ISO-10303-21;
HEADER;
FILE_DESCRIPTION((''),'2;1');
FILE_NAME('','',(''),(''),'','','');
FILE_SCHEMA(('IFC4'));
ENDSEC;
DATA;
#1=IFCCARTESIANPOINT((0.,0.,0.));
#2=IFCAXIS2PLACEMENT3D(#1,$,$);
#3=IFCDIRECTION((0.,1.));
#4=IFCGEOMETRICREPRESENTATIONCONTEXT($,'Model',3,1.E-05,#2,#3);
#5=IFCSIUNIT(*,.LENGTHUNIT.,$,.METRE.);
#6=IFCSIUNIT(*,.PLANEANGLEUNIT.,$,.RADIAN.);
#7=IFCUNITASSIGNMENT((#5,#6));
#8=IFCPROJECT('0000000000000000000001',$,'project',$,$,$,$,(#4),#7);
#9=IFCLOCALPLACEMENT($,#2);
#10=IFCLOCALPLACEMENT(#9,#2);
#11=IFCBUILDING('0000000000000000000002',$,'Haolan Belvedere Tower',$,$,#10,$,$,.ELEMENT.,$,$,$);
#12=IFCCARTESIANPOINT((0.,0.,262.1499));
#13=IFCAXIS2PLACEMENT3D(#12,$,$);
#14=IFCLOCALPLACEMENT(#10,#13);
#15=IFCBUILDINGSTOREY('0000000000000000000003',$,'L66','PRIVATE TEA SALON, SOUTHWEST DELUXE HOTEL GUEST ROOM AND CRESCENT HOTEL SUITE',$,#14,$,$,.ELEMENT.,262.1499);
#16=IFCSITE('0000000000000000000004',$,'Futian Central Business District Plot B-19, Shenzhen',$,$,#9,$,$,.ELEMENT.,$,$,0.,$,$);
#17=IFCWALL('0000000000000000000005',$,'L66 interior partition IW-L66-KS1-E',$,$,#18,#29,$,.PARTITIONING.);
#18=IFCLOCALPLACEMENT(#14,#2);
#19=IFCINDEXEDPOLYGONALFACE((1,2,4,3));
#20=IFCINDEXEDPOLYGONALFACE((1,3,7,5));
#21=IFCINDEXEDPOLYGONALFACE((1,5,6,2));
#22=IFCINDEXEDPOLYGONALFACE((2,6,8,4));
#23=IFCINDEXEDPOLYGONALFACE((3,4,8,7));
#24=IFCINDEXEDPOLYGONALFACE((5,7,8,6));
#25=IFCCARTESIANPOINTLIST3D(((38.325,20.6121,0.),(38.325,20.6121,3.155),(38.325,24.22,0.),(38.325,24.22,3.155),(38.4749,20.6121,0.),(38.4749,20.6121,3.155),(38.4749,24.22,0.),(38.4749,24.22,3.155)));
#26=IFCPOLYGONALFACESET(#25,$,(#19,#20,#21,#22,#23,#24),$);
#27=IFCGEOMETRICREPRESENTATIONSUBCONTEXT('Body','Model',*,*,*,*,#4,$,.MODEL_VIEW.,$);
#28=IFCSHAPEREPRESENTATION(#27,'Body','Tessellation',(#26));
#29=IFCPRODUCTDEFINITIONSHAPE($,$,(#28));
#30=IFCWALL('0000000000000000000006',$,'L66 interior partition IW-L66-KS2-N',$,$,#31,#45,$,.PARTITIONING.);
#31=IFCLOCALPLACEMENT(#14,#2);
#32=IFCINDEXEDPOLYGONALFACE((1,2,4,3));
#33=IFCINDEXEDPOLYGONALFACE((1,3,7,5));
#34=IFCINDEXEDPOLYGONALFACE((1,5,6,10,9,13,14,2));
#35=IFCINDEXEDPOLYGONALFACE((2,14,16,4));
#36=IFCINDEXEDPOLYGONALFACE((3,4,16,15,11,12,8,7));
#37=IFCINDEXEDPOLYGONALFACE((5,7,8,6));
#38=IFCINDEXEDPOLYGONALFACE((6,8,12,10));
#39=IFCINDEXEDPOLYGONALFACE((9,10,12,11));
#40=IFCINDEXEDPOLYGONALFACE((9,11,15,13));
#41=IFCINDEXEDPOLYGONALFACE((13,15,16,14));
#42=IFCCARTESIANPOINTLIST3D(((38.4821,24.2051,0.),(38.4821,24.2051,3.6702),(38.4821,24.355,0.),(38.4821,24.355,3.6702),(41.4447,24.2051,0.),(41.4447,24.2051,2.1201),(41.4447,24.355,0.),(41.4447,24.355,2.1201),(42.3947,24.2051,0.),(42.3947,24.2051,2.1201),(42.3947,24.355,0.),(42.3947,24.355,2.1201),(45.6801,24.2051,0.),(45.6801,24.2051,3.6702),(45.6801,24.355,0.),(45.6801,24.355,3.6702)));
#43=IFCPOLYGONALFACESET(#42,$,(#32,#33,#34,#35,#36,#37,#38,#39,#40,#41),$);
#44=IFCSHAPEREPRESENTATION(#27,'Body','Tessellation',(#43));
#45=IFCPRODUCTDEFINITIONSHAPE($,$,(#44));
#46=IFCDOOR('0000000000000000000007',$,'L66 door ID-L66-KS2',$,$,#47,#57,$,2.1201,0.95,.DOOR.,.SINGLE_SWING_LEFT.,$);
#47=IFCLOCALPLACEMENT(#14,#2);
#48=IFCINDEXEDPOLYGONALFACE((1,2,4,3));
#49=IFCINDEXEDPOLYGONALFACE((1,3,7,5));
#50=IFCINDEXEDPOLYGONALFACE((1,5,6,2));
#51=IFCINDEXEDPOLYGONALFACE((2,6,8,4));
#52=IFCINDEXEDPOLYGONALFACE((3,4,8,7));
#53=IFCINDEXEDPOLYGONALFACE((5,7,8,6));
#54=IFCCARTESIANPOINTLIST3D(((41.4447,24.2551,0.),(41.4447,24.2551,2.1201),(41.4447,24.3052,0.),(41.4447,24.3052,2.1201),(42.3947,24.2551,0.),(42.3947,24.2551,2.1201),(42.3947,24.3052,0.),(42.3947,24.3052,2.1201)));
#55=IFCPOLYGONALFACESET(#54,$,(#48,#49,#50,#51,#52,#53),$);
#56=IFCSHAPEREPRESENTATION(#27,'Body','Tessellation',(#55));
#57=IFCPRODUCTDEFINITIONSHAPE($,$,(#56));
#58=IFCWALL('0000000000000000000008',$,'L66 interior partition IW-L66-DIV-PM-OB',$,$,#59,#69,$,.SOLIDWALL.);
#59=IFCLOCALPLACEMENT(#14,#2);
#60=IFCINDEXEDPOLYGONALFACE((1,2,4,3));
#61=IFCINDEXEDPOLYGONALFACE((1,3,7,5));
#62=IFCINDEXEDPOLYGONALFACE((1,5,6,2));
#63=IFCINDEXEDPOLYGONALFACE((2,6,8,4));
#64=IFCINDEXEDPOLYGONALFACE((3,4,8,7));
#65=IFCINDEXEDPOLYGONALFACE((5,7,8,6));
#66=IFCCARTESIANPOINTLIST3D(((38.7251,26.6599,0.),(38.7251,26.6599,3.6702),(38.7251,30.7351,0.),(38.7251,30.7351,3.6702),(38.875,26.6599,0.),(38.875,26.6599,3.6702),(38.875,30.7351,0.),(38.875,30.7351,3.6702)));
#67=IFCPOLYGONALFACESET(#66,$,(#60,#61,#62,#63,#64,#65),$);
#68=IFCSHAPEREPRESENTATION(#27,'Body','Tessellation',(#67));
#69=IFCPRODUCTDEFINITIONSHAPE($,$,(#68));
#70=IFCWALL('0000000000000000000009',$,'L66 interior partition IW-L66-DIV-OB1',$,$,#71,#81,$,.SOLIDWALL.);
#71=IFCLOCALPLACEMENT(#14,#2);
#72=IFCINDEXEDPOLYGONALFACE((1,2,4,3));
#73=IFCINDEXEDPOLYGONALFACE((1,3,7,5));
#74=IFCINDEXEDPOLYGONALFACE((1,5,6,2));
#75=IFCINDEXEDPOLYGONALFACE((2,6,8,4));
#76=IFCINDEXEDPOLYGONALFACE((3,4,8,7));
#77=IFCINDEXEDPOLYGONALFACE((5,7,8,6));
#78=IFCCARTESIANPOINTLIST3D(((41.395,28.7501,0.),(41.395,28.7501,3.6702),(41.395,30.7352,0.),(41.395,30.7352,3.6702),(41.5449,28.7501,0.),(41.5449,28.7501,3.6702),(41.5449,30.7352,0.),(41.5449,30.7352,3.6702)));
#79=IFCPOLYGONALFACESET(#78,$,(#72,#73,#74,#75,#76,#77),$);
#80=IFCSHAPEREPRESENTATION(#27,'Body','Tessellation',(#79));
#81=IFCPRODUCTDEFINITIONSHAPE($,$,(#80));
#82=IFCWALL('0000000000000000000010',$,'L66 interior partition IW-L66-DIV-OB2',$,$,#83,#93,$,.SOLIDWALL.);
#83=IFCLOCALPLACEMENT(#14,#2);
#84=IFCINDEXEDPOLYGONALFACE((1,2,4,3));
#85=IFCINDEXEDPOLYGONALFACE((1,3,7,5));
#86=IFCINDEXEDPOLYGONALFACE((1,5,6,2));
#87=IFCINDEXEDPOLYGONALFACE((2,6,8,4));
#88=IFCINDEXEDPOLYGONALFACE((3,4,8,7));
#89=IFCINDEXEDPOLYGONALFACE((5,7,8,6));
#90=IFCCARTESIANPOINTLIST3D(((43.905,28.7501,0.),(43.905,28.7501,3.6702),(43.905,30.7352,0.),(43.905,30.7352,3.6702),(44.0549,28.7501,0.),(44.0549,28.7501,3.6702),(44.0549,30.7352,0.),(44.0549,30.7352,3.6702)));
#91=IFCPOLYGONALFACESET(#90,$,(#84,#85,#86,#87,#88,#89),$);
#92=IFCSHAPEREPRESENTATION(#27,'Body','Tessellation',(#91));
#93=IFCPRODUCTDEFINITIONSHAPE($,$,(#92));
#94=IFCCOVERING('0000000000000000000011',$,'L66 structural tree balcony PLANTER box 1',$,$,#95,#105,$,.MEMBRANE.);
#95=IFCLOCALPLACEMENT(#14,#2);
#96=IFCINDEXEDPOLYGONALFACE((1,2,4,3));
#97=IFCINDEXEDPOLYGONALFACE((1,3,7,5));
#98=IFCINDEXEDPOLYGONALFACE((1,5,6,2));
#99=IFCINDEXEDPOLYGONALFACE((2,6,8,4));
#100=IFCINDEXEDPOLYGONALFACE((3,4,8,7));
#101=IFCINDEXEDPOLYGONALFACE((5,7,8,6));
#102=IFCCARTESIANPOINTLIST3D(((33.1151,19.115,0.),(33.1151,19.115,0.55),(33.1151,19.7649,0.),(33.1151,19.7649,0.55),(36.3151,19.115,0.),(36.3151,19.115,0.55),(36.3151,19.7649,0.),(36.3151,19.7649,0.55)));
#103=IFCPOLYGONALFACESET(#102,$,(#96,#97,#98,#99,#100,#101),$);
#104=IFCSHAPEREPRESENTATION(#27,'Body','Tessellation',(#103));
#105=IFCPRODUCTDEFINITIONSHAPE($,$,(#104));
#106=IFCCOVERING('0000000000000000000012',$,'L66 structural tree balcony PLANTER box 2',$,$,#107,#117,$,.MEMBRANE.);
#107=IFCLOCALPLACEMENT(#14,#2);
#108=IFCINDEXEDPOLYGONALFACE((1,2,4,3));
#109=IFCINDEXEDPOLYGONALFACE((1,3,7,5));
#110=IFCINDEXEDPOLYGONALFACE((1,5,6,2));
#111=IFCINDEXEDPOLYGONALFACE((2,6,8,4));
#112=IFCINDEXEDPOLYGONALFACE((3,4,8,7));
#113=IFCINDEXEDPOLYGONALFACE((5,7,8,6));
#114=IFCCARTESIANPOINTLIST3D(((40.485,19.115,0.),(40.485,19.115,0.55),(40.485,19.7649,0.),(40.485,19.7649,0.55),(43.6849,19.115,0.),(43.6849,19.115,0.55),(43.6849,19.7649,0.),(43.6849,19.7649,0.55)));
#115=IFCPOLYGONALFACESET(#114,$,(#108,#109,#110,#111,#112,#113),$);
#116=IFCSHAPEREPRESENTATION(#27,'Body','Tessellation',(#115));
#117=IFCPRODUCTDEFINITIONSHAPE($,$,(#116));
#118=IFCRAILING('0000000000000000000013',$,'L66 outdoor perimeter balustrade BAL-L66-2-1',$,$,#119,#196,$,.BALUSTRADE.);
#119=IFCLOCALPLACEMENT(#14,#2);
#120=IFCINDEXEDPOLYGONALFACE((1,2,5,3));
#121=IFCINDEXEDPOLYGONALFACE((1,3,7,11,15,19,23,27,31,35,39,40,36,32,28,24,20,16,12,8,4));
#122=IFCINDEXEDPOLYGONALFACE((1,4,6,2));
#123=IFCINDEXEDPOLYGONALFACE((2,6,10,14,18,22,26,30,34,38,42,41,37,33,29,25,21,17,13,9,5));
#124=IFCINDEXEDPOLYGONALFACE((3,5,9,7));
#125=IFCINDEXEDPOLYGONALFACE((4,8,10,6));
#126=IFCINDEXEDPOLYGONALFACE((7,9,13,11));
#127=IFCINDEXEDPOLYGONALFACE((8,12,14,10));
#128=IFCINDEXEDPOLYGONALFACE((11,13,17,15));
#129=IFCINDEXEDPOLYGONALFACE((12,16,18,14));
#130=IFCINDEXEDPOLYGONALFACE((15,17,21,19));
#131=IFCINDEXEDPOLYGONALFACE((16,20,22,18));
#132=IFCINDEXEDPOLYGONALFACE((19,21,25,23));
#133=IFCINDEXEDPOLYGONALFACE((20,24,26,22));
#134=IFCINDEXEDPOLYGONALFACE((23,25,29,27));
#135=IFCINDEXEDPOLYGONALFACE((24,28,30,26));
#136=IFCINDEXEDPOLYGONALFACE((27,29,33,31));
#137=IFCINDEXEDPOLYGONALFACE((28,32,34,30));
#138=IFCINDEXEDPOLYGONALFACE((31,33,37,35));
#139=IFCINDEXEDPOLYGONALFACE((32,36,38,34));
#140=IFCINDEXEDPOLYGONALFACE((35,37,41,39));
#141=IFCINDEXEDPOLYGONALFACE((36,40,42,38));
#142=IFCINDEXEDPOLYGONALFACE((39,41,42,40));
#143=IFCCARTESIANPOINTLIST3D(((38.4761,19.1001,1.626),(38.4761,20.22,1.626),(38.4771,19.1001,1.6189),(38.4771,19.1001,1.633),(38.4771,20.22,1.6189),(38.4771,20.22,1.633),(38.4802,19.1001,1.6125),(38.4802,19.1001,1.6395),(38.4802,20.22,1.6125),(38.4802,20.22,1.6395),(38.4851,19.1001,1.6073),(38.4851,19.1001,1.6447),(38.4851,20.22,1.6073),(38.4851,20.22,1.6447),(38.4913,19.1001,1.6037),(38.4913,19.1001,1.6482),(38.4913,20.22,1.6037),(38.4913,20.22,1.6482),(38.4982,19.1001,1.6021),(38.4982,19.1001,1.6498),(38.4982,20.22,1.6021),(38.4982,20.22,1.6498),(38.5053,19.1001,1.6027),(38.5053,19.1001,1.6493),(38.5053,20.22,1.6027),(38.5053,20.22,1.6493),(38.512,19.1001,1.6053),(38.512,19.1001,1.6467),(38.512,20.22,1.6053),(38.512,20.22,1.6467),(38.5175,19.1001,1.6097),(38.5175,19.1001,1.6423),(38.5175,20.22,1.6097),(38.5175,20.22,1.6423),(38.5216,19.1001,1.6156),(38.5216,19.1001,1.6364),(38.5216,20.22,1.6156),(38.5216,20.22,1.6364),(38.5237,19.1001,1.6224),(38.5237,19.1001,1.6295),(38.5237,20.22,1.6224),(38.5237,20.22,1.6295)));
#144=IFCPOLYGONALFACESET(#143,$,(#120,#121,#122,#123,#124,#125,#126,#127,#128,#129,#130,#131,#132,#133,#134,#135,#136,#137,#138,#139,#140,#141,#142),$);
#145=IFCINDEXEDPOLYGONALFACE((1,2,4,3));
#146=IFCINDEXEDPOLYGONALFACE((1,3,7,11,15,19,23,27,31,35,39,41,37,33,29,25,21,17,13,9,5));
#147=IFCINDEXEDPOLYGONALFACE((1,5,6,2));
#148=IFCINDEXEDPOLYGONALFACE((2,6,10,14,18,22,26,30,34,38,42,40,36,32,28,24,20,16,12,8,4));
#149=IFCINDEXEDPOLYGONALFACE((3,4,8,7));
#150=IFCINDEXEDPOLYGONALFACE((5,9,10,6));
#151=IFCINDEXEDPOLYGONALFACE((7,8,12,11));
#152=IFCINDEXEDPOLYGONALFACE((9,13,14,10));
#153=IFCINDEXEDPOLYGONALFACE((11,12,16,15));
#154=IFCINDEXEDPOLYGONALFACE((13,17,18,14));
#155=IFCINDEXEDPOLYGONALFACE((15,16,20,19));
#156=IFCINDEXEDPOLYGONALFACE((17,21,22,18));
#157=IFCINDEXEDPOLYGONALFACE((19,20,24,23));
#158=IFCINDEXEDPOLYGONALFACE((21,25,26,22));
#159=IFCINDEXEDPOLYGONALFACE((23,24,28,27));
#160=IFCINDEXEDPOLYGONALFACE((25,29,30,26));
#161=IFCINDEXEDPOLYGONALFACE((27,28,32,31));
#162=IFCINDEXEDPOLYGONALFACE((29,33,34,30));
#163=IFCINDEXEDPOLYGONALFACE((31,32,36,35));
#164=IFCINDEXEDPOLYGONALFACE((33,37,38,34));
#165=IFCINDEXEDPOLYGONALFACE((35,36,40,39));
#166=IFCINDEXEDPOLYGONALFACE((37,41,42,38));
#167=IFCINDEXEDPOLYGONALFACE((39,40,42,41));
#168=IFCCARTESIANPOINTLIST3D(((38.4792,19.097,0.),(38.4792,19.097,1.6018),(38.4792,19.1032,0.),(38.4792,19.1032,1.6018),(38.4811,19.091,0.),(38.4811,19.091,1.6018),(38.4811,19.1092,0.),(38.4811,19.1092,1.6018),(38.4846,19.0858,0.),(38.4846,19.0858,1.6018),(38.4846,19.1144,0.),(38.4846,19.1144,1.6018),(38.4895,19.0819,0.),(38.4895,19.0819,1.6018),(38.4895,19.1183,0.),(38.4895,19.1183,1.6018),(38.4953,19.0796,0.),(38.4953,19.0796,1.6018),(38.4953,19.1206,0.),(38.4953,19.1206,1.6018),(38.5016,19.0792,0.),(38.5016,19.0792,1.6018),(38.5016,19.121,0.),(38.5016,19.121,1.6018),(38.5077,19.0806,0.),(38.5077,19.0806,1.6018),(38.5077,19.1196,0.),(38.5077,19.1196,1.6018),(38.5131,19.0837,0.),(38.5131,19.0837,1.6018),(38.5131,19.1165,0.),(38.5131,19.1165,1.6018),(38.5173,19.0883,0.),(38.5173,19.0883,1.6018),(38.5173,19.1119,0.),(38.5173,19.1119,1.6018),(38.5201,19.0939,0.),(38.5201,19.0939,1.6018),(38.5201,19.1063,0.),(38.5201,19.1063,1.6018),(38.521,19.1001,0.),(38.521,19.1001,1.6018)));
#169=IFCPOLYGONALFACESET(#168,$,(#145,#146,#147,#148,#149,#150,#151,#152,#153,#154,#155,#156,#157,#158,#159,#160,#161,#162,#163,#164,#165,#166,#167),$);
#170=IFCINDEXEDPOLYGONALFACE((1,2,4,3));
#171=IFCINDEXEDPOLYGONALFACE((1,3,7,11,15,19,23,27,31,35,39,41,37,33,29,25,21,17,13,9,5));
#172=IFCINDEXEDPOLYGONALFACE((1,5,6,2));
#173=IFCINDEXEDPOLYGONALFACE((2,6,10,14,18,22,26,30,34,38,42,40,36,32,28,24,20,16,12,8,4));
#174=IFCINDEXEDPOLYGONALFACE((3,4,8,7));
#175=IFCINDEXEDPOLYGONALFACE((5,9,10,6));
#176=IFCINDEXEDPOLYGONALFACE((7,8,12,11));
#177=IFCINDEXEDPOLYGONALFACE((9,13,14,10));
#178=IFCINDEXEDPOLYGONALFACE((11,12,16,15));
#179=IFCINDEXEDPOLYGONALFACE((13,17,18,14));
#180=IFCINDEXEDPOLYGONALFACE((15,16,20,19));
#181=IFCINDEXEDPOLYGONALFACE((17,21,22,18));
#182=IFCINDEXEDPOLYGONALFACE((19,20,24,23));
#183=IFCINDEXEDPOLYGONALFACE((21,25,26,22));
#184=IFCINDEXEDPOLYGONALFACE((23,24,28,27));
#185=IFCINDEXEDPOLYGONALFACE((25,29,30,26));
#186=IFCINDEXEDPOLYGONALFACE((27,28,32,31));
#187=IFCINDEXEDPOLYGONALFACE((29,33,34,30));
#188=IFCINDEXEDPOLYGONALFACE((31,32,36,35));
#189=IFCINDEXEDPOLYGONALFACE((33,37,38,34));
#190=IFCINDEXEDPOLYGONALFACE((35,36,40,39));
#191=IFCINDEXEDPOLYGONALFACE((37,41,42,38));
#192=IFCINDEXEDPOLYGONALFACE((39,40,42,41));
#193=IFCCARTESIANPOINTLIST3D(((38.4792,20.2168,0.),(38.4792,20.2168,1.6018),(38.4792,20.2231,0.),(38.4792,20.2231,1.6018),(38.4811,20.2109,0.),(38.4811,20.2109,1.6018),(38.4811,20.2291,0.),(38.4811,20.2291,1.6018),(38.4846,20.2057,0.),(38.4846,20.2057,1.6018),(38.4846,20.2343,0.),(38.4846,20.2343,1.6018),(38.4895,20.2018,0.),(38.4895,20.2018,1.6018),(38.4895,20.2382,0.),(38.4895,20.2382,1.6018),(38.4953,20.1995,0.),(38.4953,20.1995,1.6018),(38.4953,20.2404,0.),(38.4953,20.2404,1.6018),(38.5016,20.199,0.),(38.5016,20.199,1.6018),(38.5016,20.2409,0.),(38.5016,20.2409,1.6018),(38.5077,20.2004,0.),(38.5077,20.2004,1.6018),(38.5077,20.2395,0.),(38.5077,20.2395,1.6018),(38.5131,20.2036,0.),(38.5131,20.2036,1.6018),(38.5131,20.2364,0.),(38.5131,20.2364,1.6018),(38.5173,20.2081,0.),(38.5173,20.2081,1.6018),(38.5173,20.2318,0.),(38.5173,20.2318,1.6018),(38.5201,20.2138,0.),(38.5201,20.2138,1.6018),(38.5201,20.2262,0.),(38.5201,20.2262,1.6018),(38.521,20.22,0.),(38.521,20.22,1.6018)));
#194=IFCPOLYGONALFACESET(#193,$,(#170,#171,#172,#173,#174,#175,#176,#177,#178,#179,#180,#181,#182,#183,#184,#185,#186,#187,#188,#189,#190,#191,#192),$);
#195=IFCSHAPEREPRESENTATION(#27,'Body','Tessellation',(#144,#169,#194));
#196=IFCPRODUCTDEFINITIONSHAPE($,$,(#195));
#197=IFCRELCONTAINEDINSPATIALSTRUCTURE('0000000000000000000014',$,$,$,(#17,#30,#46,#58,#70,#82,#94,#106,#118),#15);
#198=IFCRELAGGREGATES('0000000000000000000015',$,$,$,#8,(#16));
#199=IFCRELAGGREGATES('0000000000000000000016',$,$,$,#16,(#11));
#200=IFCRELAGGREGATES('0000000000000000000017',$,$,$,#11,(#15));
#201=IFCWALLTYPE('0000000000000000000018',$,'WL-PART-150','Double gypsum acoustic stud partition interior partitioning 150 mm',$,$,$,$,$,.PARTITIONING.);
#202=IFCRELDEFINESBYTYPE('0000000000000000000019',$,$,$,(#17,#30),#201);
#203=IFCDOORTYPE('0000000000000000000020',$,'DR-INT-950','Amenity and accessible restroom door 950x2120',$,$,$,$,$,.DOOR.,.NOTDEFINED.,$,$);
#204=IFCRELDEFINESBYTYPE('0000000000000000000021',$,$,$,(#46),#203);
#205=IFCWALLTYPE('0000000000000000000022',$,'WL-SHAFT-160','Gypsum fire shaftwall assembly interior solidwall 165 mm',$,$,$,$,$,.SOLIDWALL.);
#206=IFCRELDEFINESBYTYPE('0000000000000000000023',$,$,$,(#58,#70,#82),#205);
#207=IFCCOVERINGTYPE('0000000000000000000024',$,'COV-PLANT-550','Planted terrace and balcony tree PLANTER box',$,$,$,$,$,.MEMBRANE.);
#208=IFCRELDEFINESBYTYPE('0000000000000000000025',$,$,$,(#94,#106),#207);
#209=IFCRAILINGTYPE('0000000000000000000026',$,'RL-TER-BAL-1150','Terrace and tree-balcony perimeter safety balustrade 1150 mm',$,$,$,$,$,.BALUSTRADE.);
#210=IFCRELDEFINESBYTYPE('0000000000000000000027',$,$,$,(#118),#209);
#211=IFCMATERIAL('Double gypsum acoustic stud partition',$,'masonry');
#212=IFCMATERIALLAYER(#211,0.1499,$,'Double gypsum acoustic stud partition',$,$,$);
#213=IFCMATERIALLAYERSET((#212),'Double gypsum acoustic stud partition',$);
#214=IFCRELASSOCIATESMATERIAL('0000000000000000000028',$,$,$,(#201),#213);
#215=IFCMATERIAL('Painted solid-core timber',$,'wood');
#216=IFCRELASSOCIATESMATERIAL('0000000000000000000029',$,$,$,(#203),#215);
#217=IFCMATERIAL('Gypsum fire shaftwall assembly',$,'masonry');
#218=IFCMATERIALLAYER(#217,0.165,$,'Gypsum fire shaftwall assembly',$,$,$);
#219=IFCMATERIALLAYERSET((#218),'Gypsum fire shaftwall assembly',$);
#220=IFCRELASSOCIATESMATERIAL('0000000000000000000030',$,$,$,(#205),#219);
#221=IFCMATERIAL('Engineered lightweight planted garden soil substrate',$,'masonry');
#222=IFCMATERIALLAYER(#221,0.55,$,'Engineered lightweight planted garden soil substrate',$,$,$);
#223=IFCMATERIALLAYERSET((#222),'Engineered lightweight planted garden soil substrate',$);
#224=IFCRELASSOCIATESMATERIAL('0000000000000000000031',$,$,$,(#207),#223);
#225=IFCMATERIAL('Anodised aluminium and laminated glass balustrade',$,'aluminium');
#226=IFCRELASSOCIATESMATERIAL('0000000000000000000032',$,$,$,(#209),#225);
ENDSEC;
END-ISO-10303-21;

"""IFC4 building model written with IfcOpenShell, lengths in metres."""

from ifc_helpers import new_model, si_unit, direction, frame, frame_2d, origin, origin_2d, place, context, subcontext, project, spatial, rectangle, circle, extrude, material, layer, layer_set, type_object, element, fill, save


model = new_model("IFC4")

# Units and contexts
model_context = context("Model", 3, precision=1e-05, world=origin(), true_north=direction((0.0, 1.0)))
body_context = subcontext(model_context, "Body", "Model", "MODEL_VIEW")
ifc_project = project(units=[si_unit("LENGTHUNIT", "METRE"), si_unit("PLANEANGLEUNIT", "RADIAN")], contexts=[model_context])

# Site, building, storey
site_placement = place(None, origin())
site = spatial("IfcSite", under=ifc_project, at=site_placement, Name="Futian Central Business District Plot B-19, Shenzhen", CompositionType="ELEMENT", RefElevation=0.0)
building_placement = place(site_placement, origin())
building = spatial("IfcBuilding", under=site, at=building_placement, Name="Haolan Belvedere Tower", CompositionType="ELEMENT")
storey_placement = place(building_placement, frame((0.0, 0.0, 262.1499)))
storey = spatial("IfcBuildingStorey", under=building, at=storey_placement, Name="L66", Description="PRIVATE TEA SALON, SOUTHWEST DELUXE HOTEL GUEST ROOM AND CRESCENT HOTEL SUITE", CompositionType="ELEMENT", Elevation=262.1499)

# Wall
ifc_material_1 = material(Name="Double gypsum acoustic stud partition", Category="masonry")
ifc_layer_1 = layer(ifc_material_1, 0.1499, Name="Double gypsum acoustic stud partition")
ifc_layer_set_1 = layer_set([ifc_layer_1], Name="Double gypsum acoustic stud partition")
wall_type_1 = type_object("IfcWallType", Name="WL-PART-150", Description="Double gypsum acoustic stud partition interior partitioning 150 mm", PredefinedType="PARTITIONING", material=ifc_layer_set_1)
wall_1_placement = place(storey_placement, frame((38.3999, 20.6121, 0.0), z_axis=(0.0, 0.0, 1.0), x_axis=(0.0, 1.0, 0.0)))
element("IfcWall", 1, at=wall_1_placement, inside=storey, type_object=wall_type_1, Name="L66 interior partition IW-L66-KS1-E", PredefinedType="PARTITIONING", context=body_context, shape_type="SweptSolid", body=[
    extrude(rectangle(XDim=3.6079, YDim=0.1499, at=frame_2d((1.804, 0.0))), origin(), (0.0, 0.0, 1.0), 3.155),
])

# Wall, opening, door
wall_2_placement = place(storey_placement, frame((38.4819, 24.28, 0.0), z_axis=(0.0, 0.0, 1.0), x_axis=(1.0, 0.0, 0.0)))
wall_2 = element("IfcWall", 2, at=wall_2_placement, inside=storey, type_object=wall_type_1, Name="L66 interior partition IW-L66-KS2-N", PredefinedType="PARTITIONING", context=body_context, shape_type="SweptSolid", body=[
    extrude(rectangle(XDim=7.198, YDim=0.1499, at=frame_2d((3.5991, 0.0))), origin(), (0.0, 0.0, 1.0), 3.6702),
])
opening_placement = place(wall_2_placement, frame((3.9128, 0.0, 0.0), z_axis=(0.0, 0.0, 1.0), x_axis=(-1.0, 0.0, 0.0)))
opening = element("IfcOpeningElement", 3, at=opening_placement, cuts=wall_2, PredefinedType="OPENING", context=body_context, shape_type="SweptSolid", body=[
    extrude(rectangle(XDim=0.95, YDim=2.1201, at=frame_2d((0.4751, 1.0601))), frame((0.0, 0.085, 0.0), z_axis=(0.0, -1.0, 0.0), x_axis=(1.0, 0.0, 0.0)), (0.0, 0.0, 1.0), 0.1699),
])
ifc_material_2 = material(Name="Painted solid-core timber", Category="wood")
door_type = type_object("IfcDoorType", Name="DR-INT-950", Description="Amenity and accessible restroom door 950x2120", OperationType="NOTDEFINED", PredefinedType="DOOR", material=ifc_material_2)
door_placement = place(opening_placement, origin())
door = element("IfcDoor", 4, at=door_placement, inside=storey, type_object=door_type, Name="L66 door ID-L66-KS2", OperationType="SINGLE_SWING_LEFT", OverallHeight=2.1201, OverallWidth=0.95, PredefinedType="DOOR", context=body_context, shape_type="SweptSolid", body=[
    extrude(rectangle(XDim=0.95, YDim=2.1201, at=frame_2d((0.4751, 1.0601))), frame((0.0, 0.0249, 0.0), z_axis=(0.0, -1.0, 0.0), x_axis=(1.0, 0.0, 0.0)), (0.0, 0.0, 1.0), 0.05),
])
fill(opening, door)

# Walls
ifc_material_3 = material(Name="Gypsum fire shaftwall assembly", Category="masonry")
ifc_layer_2 = layer(ifc_material_3, 0.165, Name="Gypsum fire shaftwall assembly")
ifc_layer_set_2 = layer_set([ifc_layer_2], Name="Gypsum fire shaftwall assembly")
wall_type_2 = type_object("IfcWallType", Name="WL-SHAFT-160", Description="Gypsum fire shaftwall assembly interior solidwall 165 mm", PredefinedType="SOLIDWALL", material=ifc_layer_set_2)
wall_3_placement = place(storey_placement, frame((38.8, 26.6599, 0.0), z_axis=(0.0, 0.0, 1.0), x_axis=(0.0, 1.0, 0.0)))
element("IfcWall", 5, at=wall_3_placement, inside=storey, type_object=wall_type_2, Name="L66 interior partition IW-L66-DIV-PM-OB", PredefinedType="SOLIDWALL", context=body_context, shape_type="SweptSolid", body=[
    extrude(rectangle(XDim=4.0752, YDim=0.1499, at=frame_2d((2.0376, 0.0))), origin(), (0.0, 0.0, 1.0), 3.6702),
])
for number, where, z_axis, x_axis, name in (
    (6, (41.47, 28.75, 0.0), (0.0, 0.0, 1.0), (0.0, 1.0, 0.0), "L66 interior partition IW-L66-DIV-OB1"),
    (7, (43.98, 28.75, 0.0), (0.0, 0.0, 1.0), (0.0, 1.0, 0.0), "L66 interior partition IW-L66-DIV-OB2"),
):
    element("IfcWall", number, at=place(storey_placement, frame(where, z_axis=z_axis, x_axis=x_axis)), inside=storey, type_object=wall_type_2, Name=name, PredefinedType="SOLIDWALL", context=body_context, shape_type="SweptSolid", body=[
        extrude(rectangle(XDim=1.9851, YDim=0.1499, at=frame_2d((0.9927, 0.0))), origin(), (0.0, 0.0, 1.0), 3.6702),
    ])

# Coverings
ifc_material_4 = material(Name="Engineered lightweight planted garden soil substrate", Category="masonry")
ifc_layer_3 = layer(ifc_material_4, 0.55, Name="Engineered lightweight planted garden soil substrate")
ifc_layer_set_3 = layer_set([ifc_layer_3], Name="Engineered lightweight planted garden soil substrate")
covering_type = type_object("IfcCoveringType", Name="COV-PLANT-550", Description="Planted terrace and balcony tree PLANTER box", PredefinedType="MEMBRANE", material=ifc_layer_set_3)
for number, where, z_axis, x_axis, name in (
    (8, (34.7151, 19.4399, 0.0), (0.0, 0.0, 1.0), (1.0, 0.0, 0.0), "L66 structural tree balcony PLANTER box 1"),
    (9, (42.085, 19.4399, 0.0), (0.0, 0.0, 1.0), (1.0, 0.0, 0.0), "L66 structural tree balcony PLANTER box 2"),
):
    element("IfcCovering", number, at=place(storey_placement, frame(where, z_axis=z_axis, x_axis=x_axis)), inside=storey, type_object=covering_type, Name=name, PredefinedType="MEMBRANE", context=body_context, shape_type="SweptSolid", body=[
        extrude(rectangle(XDim=3.2, YDim=0.6499, at=origin_2d()), origin(), (0.0, 0.0, 1.0), 0.55),
    ])

# Railing
ifc_material_5 = material(Name="Anodised aluminium and laminated glass balustrade", Category="aluminium")
railing_type = type_object("IfcRailingType", Name="RL-TER-BAL-1150", Description="Terrace and tree-balcony perimeter safety balustrade 1150 mm", PredefinedType="BALUSTRADE", material=ifc_material_5)
railing_1_placement = place(storey_placement, frame((38.5, 19.1001, 0.0)))
element("IfcRailing", 10, at=railing_1_placement, inside=storey, type_object=railing_type, Name="L66 outdoor perimeter balustrade BAL-L66-2-1", PredefinedType="BALUSTRADE", context=body_context, shape_type="SweptSolid", body=[
    extrude(circle(Radius=0.0239, at=origin_2d()), frame((0.0, 0.0, 1.626), z_axis=(0.0, 1.0, 0.0), x_axis=(-1.0, 0.0, 0.0)), (0.0, 0.0, 1.0), 1.1199),
    extrude(circle(Radius=0.021, at=origin_2d()), origin(), (0.0, 0.0, 1.0), 1.6018),
    extrude(circle(Radius=0.021, at=origin_2d()), frame((0.0, 1.1199, 0.0)), (0.0, 0.0, 1.0), 1.6018),
])

save(model, "model.ifc")
